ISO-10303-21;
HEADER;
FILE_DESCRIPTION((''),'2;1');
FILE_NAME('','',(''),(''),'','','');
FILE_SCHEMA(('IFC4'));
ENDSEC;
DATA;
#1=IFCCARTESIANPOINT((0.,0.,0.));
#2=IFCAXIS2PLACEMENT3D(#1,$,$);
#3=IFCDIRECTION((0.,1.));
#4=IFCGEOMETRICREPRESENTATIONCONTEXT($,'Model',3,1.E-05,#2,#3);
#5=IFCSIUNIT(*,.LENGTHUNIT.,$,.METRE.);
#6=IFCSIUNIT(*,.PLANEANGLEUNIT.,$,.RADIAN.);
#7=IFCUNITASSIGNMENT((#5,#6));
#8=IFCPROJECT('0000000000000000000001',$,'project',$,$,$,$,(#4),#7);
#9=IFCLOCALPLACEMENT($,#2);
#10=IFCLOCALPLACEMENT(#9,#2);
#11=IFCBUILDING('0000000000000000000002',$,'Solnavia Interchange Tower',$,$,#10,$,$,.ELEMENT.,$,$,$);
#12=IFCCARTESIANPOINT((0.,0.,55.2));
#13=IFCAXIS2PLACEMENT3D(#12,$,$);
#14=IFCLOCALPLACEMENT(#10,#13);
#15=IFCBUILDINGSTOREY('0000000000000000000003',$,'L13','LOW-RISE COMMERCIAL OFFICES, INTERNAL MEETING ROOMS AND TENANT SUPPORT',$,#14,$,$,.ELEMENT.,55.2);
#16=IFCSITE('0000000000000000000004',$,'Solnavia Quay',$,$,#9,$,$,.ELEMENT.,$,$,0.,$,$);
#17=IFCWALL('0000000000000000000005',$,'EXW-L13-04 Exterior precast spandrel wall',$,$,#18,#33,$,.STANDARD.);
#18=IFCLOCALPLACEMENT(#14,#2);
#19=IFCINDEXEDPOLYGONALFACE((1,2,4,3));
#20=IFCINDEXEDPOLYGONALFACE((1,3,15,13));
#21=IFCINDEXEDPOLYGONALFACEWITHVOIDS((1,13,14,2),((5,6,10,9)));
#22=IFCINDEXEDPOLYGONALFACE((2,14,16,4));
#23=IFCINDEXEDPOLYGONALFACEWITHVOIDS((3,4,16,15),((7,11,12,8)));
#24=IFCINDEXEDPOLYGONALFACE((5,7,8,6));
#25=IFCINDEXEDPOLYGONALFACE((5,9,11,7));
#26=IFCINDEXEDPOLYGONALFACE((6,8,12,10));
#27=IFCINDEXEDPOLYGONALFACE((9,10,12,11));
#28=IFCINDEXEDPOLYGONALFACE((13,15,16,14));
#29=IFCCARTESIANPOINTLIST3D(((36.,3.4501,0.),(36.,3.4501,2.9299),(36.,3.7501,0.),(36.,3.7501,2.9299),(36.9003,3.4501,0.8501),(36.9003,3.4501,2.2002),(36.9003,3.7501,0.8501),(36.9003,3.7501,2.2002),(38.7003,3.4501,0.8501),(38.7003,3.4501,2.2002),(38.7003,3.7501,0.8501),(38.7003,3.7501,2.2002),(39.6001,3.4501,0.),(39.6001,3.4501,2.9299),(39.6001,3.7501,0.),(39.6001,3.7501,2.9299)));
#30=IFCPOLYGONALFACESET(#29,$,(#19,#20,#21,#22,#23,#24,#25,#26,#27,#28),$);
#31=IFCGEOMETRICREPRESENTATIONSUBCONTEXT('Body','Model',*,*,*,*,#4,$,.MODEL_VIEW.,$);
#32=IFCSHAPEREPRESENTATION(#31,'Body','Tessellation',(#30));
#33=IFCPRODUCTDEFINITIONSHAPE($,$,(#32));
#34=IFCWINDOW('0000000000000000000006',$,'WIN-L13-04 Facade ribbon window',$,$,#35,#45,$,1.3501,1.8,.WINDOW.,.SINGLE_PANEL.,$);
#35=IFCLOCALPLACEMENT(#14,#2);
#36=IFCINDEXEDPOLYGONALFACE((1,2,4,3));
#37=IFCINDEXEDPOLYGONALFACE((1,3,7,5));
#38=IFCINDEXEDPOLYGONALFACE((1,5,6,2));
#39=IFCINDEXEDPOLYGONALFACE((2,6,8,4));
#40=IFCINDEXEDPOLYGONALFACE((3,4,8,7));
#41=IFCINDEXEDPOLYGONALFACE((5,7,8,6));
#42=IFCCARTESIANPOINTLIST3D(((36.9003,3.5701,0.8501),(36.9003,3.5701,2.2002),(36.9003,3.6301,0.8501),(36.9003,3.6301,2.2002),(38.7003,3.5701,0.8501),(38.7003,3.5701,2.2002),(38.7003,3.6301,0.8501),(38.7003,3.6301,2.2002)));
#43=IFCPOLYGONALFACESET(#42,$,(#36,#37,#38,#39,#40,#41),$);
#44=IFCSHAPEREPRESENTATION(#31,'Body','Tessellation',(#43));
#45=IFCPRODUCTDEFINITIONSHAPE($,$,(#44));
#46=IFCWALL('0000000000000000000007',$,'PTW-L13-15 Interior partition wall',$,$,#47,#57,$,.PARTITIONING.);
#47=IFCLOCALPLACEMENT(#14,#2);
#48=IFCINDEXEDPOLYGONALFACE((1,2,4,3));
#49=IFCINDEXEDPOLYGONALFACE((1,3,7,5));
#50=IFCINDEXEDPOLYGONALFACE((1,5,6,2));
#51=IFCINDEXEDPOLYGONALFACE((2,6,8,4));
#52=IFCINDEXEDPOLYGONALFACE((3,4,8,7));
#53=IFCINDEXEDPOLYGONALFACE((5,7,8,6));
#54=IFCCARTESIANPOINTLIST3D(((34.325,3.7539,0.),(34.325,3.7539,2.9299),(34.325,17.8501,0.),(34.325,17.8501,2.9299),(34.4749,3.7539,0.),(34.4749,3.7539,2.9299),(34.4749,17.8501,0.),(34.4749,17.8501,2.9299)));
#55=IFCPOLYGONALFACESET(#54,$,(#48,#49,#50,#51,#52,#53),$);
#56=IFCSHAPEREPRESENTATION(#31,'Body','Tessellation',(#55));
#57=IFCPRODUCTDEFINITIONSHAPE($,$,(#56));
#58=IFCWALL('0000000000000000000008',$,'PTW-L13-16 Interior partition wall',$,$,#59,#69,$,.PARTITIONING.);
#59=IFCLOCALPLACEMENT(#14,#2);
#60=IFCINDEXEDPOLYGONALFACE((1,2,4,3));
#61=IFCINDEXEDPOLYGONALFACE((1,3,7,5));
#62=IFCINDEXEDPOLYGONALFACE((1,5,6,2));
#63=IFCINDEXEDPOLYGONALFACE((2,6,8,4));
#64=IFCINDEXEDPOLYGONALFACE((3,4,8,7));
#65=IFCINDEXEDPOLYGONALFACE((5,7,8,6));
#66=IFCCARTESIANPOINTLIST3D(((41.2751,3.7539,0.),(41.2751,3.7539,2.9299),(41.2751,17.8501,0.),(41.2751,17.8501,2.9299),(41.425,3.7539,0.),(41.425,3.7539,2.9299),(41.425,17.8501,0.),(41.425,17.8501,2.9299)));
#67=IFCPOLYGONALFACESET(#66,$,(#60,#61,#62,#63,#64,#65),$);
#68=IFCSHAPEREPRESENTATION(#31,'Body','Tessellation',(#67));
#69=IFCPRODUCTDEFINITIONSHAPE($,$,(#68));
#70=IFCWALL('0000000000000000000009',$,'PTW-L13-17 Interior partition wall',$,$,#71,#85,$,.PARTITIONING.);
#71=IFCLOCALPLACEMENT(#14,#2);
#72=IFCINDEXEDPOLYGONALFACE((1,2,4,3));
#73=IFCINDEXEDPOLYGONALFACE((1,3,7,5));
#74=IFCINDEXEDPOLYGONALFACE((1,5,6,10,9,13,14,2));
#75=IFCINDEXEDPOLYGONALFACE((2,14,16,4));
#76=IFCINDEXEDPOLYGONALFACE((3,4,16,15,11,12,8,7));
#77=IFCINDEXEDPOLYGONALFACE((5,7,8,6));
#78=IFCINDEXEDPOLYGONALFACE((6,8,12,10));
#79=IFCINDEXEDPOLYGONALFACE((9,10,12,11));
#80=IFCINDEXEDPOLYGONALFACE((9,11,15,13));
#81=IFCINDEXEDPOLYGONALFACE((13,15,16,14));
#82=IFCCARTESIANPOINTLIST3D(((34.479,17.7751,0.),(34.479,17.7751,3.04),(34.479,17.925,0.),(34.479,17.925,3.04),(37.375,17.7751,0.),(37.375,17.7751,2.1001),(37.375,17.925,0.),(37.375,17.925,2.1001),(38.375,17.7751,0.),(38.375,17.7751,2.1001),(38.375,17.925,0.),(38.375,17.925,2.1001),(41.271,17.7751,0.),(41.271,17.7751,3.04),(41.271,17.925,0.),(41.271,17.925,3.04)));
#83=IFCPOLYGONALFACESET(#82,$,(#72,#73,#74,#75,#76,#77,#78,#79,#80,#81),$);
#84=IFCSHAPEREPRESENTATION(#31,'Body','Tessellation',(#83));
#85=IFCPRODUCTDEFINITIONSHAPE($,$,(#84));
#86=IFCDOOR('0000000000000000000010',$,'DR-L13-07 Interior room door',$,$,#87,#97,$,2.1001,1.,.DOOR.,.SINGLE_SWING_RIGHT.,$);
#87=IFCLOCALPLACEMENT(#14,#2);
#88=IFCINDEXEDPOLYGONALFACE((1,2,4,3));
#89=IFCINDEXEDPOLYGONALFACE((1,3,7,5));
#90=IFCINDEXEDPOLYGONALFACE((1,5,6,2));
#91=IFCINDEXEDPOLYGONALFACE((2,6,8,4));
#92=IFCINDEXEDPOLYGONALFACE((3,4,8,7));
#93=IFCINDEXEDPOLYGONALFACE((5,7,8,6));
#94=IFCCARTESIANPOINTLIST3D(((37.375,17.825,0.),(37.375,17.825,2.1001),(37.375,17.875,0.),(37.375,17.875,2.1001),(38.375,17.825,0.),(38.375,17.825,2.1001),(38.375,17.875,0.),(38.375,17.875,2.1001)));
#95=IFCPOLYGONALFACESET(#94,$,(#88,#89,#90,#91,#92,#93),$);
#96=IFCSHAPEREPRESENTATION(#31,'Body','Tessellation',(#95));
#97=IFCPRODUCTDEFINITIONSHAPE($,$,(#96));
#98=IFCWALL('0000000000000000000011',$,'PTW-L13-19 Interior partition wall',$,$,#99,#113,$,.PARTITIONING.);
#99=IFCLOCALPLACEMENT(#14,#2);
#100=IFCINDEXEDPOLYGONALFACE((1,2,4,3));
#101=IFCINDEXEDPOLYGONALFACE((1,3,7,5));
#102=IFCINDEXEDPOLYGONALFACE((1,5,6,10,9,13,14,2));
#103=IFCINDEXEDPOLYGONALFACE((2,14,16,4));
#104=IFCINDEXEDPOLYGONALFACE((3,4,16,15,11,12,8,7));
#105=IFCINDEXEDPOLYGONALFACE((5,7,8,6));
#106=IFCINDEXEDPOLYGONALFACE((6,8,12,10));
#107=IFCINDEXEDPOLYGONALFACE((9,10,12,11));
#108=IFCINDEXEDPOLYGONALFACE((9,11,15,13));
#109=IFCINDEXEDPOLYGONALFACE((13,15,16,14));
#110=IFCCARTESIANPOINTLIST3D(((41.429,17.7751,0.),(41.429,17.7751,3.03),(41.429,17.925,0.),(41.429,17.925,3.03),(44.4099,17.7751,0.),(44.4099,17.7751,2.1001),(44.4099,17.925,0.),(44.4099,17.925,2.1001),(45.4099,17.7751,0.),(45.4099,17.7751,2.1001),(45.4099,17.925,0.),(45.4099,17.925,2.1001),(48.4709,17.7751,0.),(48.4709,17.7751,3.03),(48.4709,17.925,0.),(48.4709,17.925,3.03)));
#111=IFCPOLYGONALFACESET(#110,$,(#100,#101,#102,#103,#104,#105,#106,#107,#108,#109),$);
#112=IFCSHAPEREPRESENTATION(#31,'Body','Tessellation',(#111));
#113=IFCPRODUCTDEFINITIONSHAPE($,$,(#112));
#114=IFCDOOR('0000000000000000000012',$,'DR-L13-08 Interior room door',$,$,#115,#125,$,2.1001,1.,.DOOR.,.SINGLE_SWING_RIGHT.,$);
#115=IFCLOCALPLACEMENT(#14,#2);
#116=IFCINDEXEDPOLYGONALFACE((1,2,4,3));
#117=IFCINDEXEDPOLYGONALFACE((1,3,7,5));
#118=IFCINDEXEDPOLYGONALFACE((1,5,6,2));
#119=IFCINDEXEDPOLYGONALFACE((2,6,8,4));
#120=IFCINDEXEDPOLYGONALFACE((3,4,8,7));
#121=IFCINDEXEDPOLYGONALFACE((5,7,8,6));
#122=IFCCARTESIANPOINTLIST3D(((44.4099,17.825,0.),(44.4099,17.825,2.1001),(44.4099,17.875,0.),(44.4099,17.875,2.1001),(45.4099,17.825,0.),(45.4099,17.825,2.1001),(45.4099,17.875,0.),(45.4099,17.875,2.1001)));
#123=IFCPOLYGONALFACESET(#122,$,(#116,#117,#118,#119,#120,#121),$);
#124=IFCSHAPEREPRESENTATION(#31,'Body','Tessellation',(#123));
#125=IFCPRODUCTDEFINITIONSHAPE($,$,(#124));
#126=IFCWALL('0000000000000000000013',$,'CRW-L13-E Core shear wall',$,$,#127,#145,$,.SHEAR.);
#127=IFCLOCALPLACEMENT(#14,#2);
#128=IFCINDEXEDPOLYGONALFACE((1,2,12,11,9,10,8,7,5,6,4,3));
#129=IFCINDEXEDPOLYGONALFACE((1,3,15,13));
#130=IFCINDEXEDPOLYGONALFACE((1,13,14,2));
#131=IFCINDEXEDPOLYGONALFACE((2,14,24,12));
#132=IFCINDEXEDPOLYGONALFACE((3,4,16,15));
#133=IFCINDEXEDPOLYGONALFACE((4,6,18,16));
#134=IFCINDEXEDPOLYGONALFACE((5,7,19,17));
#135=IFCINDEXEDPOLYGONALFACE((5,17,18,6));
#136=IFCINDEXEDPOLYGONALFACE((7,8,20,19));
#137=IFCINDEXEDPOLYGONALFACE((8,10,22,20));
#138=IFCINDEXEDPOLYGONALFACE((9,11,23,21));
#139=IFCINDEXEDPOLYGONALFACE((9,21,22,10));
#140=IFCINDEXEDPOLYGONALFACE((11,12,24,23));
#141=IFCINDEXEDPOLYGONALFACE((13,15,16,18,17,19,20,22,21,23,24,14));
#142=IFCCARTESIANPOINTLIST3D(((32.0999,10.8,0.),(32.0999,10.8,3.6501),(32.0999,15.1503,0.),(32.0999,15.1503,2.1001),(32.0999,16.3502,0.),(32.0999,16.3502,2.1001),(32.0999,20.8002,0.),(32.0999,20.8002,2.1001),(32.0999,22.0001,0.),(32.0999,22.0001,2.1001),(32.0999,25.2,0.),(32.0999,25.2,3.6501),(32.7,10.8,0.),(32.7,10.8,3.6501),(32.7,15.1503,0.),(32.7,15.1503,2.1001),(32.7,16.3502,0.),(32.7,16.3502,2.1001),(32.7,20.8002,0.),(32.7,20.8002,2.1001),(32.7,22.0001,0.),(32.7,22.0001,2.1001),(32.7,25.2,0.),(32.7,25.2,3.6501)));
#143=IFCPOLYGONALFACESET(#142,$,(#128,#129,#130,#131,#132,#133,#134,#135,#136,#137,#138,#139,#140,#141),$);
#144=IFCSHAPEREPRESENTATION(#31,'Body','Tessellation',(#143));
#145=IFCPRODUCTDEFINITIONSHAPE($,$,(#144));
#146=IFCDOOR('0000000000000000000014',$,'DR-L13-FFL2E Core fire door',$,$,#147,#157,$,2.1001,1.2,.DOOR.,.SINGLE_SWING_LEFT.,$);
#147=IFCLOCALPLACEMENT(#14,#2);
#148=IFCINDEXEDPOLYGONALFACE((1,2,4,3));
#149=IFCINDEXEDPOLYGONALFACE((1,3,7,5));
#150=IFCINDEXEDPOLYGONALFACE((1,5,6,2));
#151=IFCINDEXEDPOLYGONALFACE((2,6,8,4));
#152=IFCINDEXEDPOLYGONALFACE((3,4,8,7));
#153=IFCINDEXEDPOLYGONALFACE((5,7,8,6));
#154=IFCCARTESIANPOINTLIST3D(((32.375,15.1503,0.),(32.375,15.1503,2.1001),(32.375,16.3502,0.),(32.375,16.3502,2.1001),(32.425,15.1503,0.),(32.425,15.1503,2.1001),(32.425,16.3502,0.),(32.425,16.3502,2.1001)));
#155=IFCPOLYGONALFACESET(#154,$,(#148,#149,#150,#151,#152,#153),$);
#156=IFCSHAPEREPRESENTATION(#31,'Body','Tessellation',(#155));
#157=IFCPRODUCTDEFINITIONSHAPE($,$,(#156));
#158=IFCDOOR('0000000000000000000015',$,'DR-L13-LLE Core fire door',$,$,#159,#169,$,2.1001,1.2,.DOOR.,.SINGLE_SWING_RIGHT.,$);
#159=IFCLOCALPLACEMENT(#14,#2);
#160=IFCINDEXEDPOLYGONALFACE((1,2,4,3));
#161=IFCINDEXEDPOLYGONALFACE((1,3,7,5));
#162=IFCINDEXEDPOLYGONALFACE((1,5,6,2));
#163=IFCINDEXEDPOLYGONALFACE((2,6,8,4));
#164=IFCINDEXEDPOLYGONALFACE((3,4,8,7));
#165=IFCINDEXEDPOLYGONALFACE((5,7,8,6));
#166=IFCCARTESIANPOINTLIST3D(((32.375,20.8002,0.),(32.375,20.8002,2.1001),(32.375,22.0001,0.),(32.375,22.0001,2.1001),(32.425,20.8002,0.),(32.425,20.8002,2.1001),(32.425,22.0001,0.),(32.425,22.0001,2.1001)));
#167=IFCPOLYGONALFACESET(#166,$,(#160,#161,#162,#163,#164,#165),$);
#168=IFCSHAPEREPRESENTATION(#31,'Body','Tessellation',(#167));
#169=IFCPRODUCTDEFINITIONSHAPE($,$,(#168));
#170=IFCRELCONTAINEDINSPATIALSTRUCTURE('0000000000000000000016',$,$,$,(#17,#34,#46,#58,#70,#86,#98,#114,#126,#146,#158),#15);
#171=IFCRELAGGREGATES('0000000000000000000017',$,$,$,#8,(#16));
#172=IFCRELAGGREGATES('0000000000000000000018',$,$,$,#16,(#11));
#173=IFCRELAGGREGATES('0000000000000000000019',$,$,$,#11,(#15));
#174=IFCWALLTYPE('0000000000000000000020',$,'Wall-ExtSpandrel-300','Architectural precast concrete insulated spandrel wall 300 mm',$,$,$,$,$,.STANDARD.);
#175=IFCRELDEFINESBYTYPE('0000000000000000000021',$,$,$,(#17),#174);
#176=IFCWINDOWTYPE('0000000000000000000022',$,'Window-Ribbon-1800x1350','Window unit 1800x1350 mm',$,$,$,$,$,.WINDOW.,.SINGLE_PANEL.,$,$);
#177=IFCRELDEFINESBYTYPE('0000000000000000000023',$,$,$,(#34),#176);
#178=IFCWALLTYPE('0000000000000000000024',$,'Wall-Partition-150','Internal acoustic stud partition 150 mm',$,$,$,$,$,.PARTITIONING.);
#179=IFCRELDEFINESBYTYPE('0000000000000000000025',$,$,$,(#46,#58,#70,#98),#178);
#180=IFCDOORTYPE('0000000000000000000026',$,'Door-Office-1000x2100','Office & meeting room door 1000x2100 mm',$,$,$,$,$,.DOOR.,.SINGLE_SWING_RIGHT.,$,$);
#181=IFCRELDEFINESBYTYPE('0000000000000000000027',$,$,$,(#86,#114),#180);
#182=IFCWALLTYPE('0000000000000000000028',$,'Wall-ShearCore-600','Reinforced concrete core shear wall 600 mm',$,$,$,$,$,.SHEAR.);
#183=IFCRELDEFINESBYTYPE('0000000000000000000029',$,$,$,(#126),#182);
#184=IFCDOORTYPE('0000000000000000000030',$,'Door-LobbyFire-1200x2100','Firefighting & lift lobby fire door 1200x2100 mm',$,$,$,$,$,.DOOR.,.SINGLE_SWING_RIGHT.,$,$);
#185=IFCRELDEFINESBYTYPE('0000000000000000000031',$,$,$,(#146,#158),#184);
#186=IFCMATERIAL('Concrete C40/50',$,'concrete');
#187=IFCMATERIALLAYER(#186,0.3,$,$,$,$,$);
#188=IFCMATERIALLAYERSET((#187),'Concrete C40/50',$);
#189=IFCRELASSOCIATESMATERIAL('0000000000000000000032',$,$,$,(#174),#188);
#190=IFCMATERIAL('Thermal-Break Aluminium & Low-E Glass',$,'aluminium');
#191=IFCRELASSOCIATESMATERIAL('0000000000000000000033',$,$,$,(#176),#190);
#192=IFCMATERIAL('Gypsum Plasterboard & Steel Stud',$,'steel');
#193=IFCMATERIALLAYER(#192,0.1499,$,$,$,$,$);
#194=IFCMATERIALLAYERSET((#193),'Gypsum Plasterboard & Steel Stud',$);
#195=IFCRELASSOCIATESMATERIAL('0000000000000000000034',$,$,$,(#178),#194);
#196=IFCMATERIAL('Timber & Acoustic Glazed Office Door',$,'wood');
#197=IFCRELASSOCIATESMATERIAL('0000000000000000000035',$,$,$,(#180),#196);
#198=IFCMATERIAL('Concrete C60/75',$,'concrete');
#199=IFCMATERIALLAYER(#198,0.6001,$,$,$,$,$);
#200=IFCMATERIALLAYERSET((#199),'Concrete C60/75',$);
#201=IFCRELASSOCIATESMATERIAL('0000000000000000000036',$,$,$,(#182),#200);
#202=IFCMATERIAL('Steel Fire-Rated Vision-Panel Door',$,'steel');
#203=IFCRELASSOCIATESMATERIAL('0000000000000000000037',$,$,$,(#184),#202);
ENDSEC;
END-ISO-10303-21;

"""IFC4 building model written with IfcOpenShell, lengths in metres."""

from ifc_helpers import new_model, si_unit, direction, frame, frame_2d, origin, place, context, subcontext, project, spatial, rectangle, extrude, material, layer, layer_set, type_object, element, fill, save


model = new_model("IFC4")

# Units and contexts
model_context = context("Model", 3, precision=1e-05, world=origin(), true_north=direction((0.0, 1.0)))
body_context = subcontext(model_context, "Body", "Model", "MODEL_VIEW")
ifc_project = project(units=[si_unit("LENGTHUNIT", "METRE"), si_unit("PLANEANGLEUNIT", "RADIAN")], contexts=[model_context])

# Site, building, storey
site_placement = place(None, origin())
site = spatial("IfcSite", under=ifc_project, at=site_placement, Name="Solnavia Quay", CompositionType="ELEMENT", RefElevation=0.0)
building_placement = place(site_placement, origin())
building = spatial("IfcBuilding", under=site, at=building_placement, Name="Solnavia Interchange Tower", CompositionType="ELEMENT")
storey_placement = place(building_placement, frame((0.0, 0.0, 55.2)))
storey = spatial("IfcBuildingStorey", under=building, at=storey_placement, Name="L13", Description="LOW-RISE COMMERCIAL OFFICES, INTERNAL MEETING ROOMS AND TENANT SUPPORT", CompositionType="ELEMENT", Elevation=55.2)

# Shared definitions
ifc_material_1 = material(Name="Concrete C60/75", Category="concrete")

# Shared definitions
ifc_material_2 = material(Name="Concrete C40/50", Category="concrete")
ifc_layer_1 = layer(ifc_material_2, 0.3)
ifc_layer_set_1 = layer_set([ifc_layer_1], Name="Concrete C40/50")
wall_type_1 = type_object("IfcWallType", Name="Wall-ExtSpandrel-300", Description="Architectural precast concrete insulated spandrel wall 300 mm", PredefinedType="STANDARD", material=ifc_layer_set_1)

# Wall, opening, window
wall_1_placement = place(storey_placement, frame((39.6001, 3.6001, 0.0), z_axis=(0.0, 0.0, 1.0), x_axis=(-1.0, 0.0, 0.0)))
wall_1 = element("IfcWall", 1, at=wall_1_placement, inside=storey, type_object=wall_type_1, Name="EXW-L13-04 Exterior precast spandrel wall", PredefinedType="STANDARD", context=body_context, shape_type="SweptSolid", body=[
    extrude(rectangle(XDim=3.6001, YDim=0.3, at=frame_2d((1.8, 0.0))), origin(), (0.0, 0.0, 1.0), 2.9299),
])
opening_1_placement = place(wall_1_placement, frame((0.8999, 0.0, 0.8501)))
opening_1 = element("IfcOpeningElement", 2, at=opening_1_placement, cuts=wall_1, PredefinedType="OPENING", context=body_context, shape_type="SweptSolid", body=[
    extrude(rectangle(XDim=1.8, YDim=1.3501, at=frame_2d((0.8999, 0.675))), frame((0.0, 0.1602, 0.0), z_axis=(0.0, -1.0, 0.0), x_axis=(1.0, 0.0, 0.0)), (0.0, 0.0, 1.0), 0.3201),
])
ifc_material_3 = material(Name="Thermal-Break Aluminium & Low-E Glass", Category="aluminium")
window_type = type_object("IfcWindowType", Name="Window-Ribbon-1800x1350", Description="Window unit 1800x1350 mm", PartitioningType="SINGLE_PANEL", PredefinedType="WINDOW", material=ifc_material_3)
window_placement = place(opening_1_placement, origin())
window = element("IfcWindow", 3, at=window_placement, inside=storey, type_object=window_type, Name="WIN-L13-04 Facade ribbon window", OverallHeight=1.3501, OverallWidth=1.8, PartitioningType="SINGLE_PANEL", PredefinedType="WINDOW", context=body_context, shape_type="SweptSolid", body=[
    extrude(rectangle(XDim=1.8, YDim=1.3501, at=frame_2d((0.8999, 0.675))), frame((0.0, 0.03, 0.0), z_axis=(0.0, -1.0, 0.0), x_axis=(1.0, 0.0, 0.0)), (0.0, 0.0, 1.0), 0.0601),
])
fill(opening_1, window)

# Walls
ifc_material_4 = material(Name="Gypsum Plasterboard & Steel Stud", Category="steel")
ifc_layer_2 = layer(ifc_material_4, 0.1499)
ifc_layer_set_2 = layer_set([ifc_layer_2], Name="Gypsum Plasterboard & Steel Stud")
wall_type_2 = type_object("IfcWallType", Name="Wall-Partition-150", Description="Internal acoustic stud partition 150 mm", PredefinedType="PARTITIONING", material=ifc_layer_set_2)
for number, where, z_axis, x_axis, name in (
    (4, (34.3999, 3.7539, 0.0), (0.0, 0.0, 1.0), (0.0, 1.0, 0.0), "PTW-L13-15 Interior partition wall"),
    (5, (41.3501, 3.7539, 0.0), (0.0, 0.0, 1.0), (0.0, 1.0, 0.0), "PTW-L13-16 Interior partition wall"),
):
    element("IfcWall", number, at=place(storey_placement, frame(where, z_axis=z_axis, x_axis=x_axis)), inside=storey, type_object=wall_type_2, Name=name, PredefinedType="PARTITIONING", context=body_context, shape_type="SweptSolid", body=[
        extrude(rectangle(XDim=14.0962, YDim=0.1499, at=frame_2d((7.0481, 0.0))), origin(), (0.0, 0.0, 1.0), 2.9299),
    ])

# Walls, openings, doors
wall_2_placement = place(storey_placement, frame((34.479, 17.8501, 0.0), z_axis=(0.0, 0.0, 1.0), x_axis=(1.0, 0.0, 0.0)))
wall_2 = element("IfcWall", 6, at=wall_2_placement, inside=storey, type_object=wall_type_2, Name="PTW-L13-17 Interior partition wall", PredefinedType="PARTITIONING", context=body_context, shape_type="SweptSolid", body=[
    extrude(rectangle(XDim=6.792, YDim=0.1499, at=frame_2d((3.396, 0.0))), origin(), (0.0, 0.0, 1.0), 3.04),
])
opening_2_placement = place(wall_2_placement, frame((2.896, 0.0, 0.0)))
opening_2 = element("IfcOpeningElement", 7, at=opening_2_placement, cuts=wall_2, PredefinedType="OPENING", context=body_context, shape_type="SweptSolid", body=[
    extrude(rectangle(XDim=1.0, YDim=2.1001, at=frame_2d((0.5, 1.05))), frame((0.0, 0.085, 0.0), z_axis=(0.0, -1.0, 0.0), x_axis=(1.0, 0.0, 0.0)), (0.0, 0.0, 1.0), 0.1699),
])
ifc_material_5 = material(Name="Timber & Acoustic Glazed Office Door", Category="wood")
door_type_1 = type_object("IfcDoorType", Name="Door-Office-1000x2100", Description="Office & meeting room door 1000x2100 mm", OperationType="SINGLE_SWING_RIGHT", PredefinedType="DOOR", material=ifc_material_5)
door_1_placement = place(opening_2_placement, origin())
door_1 = element("IfcDoor", 8, at=door_1_placement, inside=storey, type_object=door_type_1, Name="DR-L13-07 Interior room door", OperationType="SINGLE_SWING_RIGHT", OverallHeight=2.1001, OverallWidth=1.0, PredefinedType="DOOR", context=body_context, shape_type="SweptSolid", body=[
    extrude(rectangle(XDim=1.0, YDim=2.1001, at=frame_2d((0.5, 1.05))), frame((0.0, 0.0249, 0.0), z_axis=(0.0, -1.0, 0.0), x_axis=(1.0, 0.0, 0.0)), (0.0, 0.0, 1.0), 0.05),
])
fill(opening_2, door_1)
wall_3_placement = place(storey_placement, frame((41.429, 17.8501, 0.0), z_axis=(0.0, 0.0, 1.0), x_axis=(1.0, 0.0, 0.0)))
wall_3 = element("IfcWall", 9, at=wall_3_placement, inside=storey, type_object=wall_type_2, Name="PTW-L13-19 Interior partition wall", PredefinedType="PARTITIONING", context=body_context, shape_type="SweptSolid", body=[
    extrude(rectangle(XDim=7.042, YDim=0.1499, at=frame_2d((3.521, 0.0))), origin(), (0.0, 0.0, 1.0), 3.03),
])
opening_3_placement = place(wall_3_placement, frame((2.981, 0.0, 0.0)))
opening_3 = element("IfcOpeningElement", 10, at=opening_3_placement, cuts=wall_3, PredefinedType="OPENING", context=body_context, shape_type="SweptSolid", body=[
    extrude(rectangle(XDim=1.0, YDim=2.1001, at=frame_2d((0.5, 1.05))), frame((0.0, 0.085, 0.0), z_axis=(0.0, -1.0, 0.0), x_axis=(1.0, 0.0, 0.0)), (0.0, 0.0, 1.0), 0.1699),
])
door_2_placement = place(opening_3_placement, origin())
door_2 = element("IfcDoor", 11, at=door_2_placement, inside=storey, type_object=door_type_1, Name="DR-L13-08 Interior room door", OperationType="SINGLE_SWING_RIGHT", OverallHeight=2.1001, OverallWidth=1.0, PredefinedType="DOOR", context=body_context, shape_type="SweptSolid", body=[
    extrude(rectangle(XDim=1.0, YDim=2.1001, at=frame_2d((0.5, 1.05))), frame((0.0, 0.0249, 0.0), z_axis=(0.0, -1.0, 0.0), x_axis=(1.0, 0.0, 0.0)), (0.0, 0.0, 1.0), 0.05),
])
fill(opening_3, door_2)

# Wall, openings, doors
ifc_layer_3 = layer(ifc_material_1, 0.6001)
ifc_layer_set_3 = layer_set([ifc_layer_3], Name="Concrete C60/75")
wall_type_3 = type_object("IfcWallType", Name="Wall-ShearCore-600", Description="Reinforced concrete core shear wall 600 mm", PredefinedType="SHEAR", material=ifc_layer_set_3)
wall_4_placement = place(storey_placement, frame((32.3999, 10.8, 0.0), z_axis=(0.0, 0.0, 1.0), x_axis=(0.0, 1.0, 0.0)))
wall_4 = element("IfcWall", 12, at=wall_4_placement, inside=storey, type_object=wall_type_3, Name="CRW-L13-E Core shear wall", PredefinedType="SHEAR", context=body_context, shape_type="SweptSolid", body=[
    extrude(rectangle(XDim=14.3999, YDim=0.6001, at=frame_2d((7.2, 0.0))), origin(), (0.0, 0.0, 1.0), 3.6501),
])
opening_4_placement = place(wall_4_placement, frame((4.3501, 0.0, 0.0)))
opening_4 = element("IfcOpeningElement", 13, at=opening_4_placement, cuts=wall_4, PredefinedType="OPENING", context=body_context, shape_type="SweptSolid", body=[
    extrude(rectangle(XDim=1.2, YDim=2.1001, at=frame_2d((0.6001, 1.05))), frame((0.0, 0.3101, 0.0), z_axis=(0.0, -1.0, 0.0), x_axis=(1.0, 0.0, 0.0)), (0.0, 0.0, 1.0), 0.6201),
])
opening_5_placement = place(wall_4_placement, frame((10.0, 0.0, 0.0)))
opening_5 = element("IfcOpeningElement", 14, at=opening_5_placement, cuts=wall_4, PredefinedType="OPENING", context=body_context, shape_type="SweptSolid", body=[
    extrude(rectangle(XDim=1.2, YDim=2.1001, at=frame_2d((0.6001, 1.05))), frame((0.0, 0.3101, 0.0), z_axis=(0.0, -1.0, 0.0), x_axis=(1.0, 0.0, 0.0)), (0.0, 0.0, 1.0), 0.6201),
])
ifc_material_6 = material(Name="Steel Fire-Rated Vision-Panel Door", Category="steel")
door_type_2 = type_object("IfcDoorType", Name="Door-LobbyFire-1200x2100", Description="Firefighting & lift lobby fire door 1200x2100 mm", OperationType="SINGLE_SWING_RIGHT", PredefinedType="DOOR", material=ifc_material_6)
door_3_placement = place(opening_4_placement, origin())
door_3 = element("IfcDoor", 15, at=door_3_placement, inside=storey, type_object=door_type_2, Name="DR-L13-FFL2E Core fire door", OperationType="SINGLE_SWING_LEFT", OverallHeight=2.1001, OverallWidth=1.2, PredefinedType="DOOR", context=body_context, shape_type="SweptSolid", body=[
    extrude(rectangle(XDim=1.2, YDim=2.1001, at=frame_2d((0.6001, 1.05))), frame((0.0, 0.0249, 0.0), z_axis=(0.0, -1.0, 0.0), x_axis=(1.0, 0.0, 0.0)), (0.0, 0.0, 1.0), 0.05),
])
fill(opening_4, door_3)
door_4_placement = place(opening_5_placement, origin())
door_4 = element("IfcDoor", 16, at=door_4_placement, inside=storey, type_object=door_type_2, Name="DR-L13-LLE Core fire door", OperationType="SINGLE_SWING_RIGHT", OverallHeight=2.1001, OverallWidth=1.2, PredefinedType="DOOR", context=body_context, shape_type="SweptSolid", body=[
    extrude(rectangle(XDim=1.2, YDim=2.1001, at=frame_2d((0.6001, 1.05))), frame((0.0, 0.0249, 0.0), z_axis=(0.0, -1.0, 0.0), x_axis=(1.0, 0.0, 0.0)), (0.0, 0.0, 1.0), 0.05),
])
fill(opening_5, door_4)

save(model, "model.ifc")
